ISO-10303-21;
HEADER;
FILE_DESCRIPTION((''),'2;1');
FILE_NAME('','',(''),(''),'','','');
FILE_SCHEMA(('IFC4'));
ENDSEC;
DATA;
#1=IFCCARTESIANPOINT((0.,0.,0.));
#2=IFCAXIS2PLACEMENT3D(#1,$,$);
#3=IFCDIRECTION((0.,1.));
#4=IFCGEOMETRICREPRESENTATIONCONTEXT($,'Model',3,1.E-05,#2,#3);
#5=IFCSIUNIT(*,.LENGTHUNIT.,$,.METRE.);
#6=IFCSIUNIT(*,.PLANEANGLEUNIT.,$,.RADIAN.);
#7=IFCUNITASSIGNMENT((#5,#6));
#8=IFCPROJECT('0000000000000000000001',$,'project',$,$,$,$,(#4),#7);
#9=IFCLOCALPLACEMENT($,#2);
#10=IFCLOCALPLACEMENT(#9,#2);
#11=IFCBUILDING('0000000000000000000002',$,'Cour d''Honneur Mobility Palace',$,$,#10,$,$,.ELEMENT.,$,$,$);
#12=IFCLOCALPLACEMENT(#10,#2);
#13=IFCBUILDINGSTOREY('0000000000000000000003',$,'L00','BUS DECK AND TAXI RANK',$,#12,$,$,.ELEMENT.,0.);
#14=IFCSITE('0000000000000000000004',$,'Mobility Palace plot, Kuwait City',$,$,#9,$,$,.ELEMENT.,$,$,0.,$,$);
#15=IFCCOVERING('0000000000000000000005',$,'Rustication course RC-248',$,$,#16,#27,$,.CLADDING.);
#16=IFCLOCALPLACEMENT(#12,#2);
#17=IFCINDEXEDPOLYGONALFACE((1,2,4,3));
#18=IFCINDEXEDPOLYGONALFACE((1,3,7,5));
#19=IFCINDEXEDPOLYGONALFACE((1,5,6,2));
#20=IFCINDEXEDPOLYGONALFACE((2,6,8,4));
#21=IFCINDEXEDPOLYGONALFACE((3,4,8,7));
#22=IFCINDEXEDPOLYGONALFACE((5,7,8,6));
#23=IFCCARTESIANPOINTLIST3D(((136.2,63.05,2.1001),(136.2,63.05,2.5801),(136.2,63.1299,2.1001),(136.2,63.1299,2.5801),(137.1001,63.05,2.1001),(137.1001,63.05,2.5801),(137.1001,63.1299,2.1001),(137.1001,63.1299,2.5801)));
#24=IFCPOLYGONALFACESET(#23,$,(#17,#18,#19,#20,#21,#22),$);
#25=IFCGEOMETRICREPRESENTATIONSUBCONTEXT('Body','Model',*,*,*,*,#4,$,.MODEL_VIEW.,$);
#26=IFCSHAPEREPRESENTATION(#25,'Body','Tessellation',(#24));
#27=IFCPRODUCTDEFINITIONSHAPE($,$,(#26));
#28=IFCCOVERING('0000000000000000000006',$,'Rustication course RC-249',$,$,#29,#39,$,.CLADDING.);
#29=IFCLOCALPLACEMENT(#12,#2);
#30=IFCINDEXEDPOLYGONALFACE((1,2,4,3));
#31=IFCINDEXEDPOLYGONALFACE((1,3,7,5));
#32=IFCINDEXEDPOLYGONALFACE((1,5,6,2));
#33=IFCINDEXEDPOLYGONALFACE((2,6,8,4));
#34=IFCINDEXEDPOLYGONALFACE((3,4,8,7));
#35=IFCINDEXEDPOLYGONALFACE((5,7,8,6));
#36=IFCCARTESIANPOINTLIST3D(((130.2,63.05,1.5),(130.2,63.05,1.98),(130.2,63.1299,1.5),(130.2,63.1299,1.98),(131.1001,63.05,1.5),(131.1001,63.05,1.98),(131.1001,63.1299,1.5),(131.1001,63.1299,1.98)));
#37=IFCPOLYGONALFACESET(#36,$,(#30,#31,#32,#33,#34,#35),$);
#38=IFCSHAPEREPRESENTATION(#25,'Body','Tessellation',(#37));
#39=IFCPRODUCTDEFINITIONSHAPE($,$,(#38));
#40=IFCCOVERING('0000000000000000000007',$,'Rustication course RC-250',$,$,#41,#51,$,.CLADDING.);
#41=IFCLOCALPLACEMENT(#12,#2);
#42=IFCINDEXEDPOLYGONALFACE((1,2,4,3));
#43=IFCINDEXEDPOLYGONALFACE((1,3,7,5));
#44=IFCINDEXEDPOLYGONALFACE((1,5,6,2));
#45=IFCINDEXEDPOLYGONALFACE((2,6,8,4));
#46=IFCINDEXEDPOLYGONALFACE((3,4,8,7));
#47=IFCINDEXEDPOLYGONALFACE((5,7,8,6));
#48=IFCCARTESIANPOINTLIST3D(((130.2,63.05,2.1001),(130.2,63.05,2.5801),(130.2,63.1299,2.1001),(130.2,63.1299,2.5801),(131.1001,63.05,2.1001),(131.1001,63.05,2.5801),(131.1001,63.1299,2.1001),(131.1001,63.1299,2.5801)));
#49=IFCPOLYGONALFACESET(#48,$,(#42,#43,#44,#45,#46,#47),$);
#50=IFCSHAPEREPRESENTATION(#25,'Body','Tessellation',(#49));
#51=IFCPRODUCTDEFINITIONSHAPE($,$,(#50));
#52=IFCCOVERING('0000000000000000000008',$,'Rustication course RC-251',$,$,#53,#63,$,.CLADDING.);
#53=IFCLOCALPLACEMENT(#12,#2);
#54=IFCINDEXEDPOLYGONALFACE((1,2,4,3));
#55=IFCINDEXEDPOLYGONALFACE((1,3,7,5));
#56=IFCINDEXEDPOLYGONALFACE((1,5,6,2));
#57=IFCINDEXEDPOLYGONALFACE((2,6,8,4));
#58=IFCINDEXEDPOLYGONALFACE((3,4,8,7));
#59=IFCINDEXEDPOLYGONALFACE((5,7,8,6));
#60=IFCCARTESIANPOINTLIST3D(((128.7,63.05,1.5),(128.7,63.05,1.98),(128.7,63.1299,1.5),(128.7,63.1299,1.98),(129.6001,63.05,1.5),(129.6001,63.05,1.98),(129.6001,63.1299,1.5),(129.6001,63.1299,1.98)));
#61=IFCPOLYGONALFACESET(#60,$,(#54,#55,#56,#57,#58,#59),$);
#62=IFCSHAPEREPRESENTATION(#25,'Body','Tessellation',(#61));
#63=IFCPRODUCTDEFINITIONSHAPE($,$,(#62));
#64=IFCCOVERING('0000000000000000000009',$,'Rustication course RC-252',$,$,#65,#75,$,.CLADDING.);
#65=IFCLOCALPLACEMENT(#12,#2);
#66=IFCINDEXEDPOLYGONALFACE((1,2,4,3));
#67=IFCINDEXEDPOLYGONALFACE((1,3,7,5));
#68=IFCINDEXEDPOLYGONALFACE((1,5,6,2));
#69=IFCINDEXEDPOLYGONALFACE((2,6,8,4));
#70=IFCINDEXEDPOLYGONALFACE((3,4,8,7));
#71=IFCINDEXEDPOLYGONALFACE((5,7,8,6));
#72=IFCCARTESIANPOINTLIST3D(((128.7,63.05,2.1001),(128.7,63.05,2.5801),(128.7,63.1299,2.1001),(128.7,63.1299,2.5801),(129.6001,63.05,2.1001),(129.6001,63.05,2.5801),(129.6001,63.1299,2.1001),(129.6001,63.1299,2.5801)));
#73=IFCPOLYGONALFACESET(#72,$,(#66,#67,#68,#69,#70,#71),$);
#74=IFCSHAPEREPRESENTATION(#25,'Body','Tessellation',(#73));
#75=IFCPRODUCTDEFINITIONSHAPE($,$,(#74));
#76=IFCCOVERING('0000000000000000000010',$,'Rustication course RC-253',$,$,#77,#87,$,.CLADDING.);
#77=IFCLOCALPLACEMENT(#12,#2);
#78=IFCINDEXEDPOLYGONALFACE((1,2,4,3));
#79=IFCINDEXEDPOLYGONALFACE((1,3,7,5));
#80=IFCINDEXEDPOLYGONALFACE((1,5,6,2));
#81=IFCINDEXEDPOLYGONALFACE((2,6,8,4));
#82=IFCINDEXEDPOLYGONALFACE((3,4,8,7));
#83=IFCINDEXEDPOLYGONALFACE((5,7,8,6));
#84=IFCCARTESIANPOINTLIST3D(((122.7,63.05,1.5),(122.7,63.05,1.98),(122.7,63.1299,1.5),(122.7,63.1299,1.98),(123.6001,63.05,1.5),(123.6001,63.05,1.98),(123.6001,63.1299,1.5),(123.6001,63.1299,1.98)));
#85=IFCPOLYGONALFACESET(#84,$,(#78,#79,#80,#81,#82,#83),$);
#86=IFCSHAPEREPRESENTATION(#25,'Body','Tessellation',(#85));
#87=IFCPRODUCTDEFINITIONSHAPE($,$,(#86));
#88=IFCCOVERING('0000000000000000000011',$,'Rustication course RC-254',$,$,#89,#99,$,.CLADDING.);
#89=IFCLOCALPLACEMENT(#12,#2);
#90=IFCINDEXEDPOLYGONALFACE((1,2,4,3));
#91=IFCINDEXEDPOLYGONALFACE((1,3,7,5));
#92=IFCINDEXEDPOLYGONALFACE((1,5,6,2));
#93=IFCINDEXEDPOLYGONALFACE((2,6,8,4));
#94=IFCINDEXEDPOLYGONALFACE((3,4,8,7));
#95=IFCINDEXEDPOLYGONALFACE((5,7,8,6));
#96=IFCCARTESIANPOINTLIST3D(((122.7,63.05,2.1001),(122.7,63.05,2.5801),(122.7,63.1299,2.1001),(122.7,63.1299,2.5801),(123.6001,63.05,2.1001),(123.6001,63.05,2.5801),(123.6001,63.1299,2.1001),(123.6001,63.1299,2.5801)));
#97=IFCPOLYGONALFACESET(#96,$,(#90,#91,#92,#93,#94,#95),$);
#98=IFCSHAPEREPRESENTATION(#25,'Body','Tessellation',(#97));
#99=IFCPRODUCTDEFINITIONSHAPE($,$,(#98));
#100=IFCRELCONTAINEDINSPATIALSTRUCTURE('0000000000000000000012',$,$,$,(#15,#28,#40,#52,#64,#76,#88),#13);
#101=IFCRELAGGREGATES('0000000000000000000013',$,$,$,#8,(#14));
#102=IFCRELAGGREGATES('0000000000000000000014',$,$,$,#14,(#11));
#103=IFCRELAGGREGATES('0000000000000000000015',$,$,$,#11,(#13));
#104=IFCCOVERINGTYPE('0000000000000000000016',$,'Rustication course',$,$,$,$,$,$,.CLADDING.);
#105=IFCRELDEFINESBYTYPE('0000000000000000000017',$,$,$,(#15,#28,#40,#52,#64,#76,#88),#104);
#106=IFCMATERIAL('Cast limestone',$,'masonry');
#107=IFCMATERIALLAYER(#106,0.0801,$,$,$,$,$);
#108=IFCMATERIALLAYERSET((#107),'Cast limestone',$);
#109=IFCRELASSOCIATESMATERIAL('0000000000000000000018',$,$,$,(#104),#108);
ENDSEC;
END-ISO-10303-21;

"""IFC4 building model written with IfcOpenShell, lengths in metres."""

from ifc_helpers import new_model, si_unit, direction, frame, origin, place, context, subcontext, project, spatial, polyline, outline, extrude, material, layer, layer_set, type_object, element, save


model = new_model("IFC4")

# Units and contexts
model_context = context("Model", 3, precision=1e-05, world=origin(), true_north=direction((0.0, 1.0)))
body_context = subcontext(model_context, "Body", "Model", "MODEL_VIEW")
ifc_project = project(units=[si_unit("LENGTHUNIT", "METRE"), si_unit("PLANEANGLEUNIT", "RADIAN")], contexts=[model_context])

# Site, building, storey
site_placement = place(None, origin())
site = spatial("IfcSite", under=ifc_project, at=site_placement, Name="Mobility Palace plot, Kuwait City", CompositionType="ELEMENT", RefElevation=0.0)
building_placement = place(site_placement, origin())
building = spatial("IfcBuilding", under=site, at=building_placement, Name="Cour d'Honneur Mobility Palace", CompositionType="ELEMENT")
storey_placement = place(building_placement, origin())
storey = spatial("IfcBuildingStorey", under=building, at=storey_placement, Name="L00", Description="BUS DECK AND TAXI RANK", CompositionType="ELEMENT", Elevation=0.0)

# Coverings
ifc_material_1 = material(Name="Cast limestone", Category="masonry")
ifc_layer_1 = layer(ifc_material_1, 0.0801)
ifc_layer_set_1 = layer_set([ifc_layer_1], Name="Cast limestone")
covering_type_1 = type_object("IfcCoveringType", Name="Rustication course", PredefinedType="CLADDING", material=ifc_layer_set_1)
for number, where, name in (
    (1, (0.0, 0.0, 2.1001), "Rustication course RC-248"),
):
    element("IfcCovering", number, at=place(storey_placement, frame(where)), inside=storey, type_object=covering_type_1, Name=name, PredefinedType="CLADDING", context=body_context, shape_type="SweptSolid", body=[
        extrude(outline(polyline([(137.1001, 63.05), (136.2, 63.05), (136.2, 63.1299), (137.1001, 63.1299), (137.1001, 63.05)])), origin(), (0.0, 0.0, 1.0), 0.48),
    ])
for number, where, name in (
    (2, (0.0, 0.0, 1.5), "Rustication course RC-249"),
    (3, (0.0, 0.0, 2.1001), "Rustication course RC-250"),
):
    element("IfcCovering", number, at=place(storey_placement, frame(where)), inside=storey, type_object=covering_type_1, Name=name, PredefinedType="CLADDING", context=body_context, shape_type="SweptSolid", body=[
        extrude(outline(polyline([(131.1001, 63.05), (130.2, 63.05), (130.2, 63.1299), (131.1001, 63.1299), (131.1001, 63.05)])), origin(), (0.0, 0.0, 1.0), 0.48),
    ])
for number, where, name in (
    (4, (0.0, 0.0, 1.5), "Rustication course RC-251"),
    (5, (0.0, 0.0, 2.1001), "Rustication course RC-252"),
):
    element("IfcCovering", number, at=place(storey_placement, frame(where)), inside=storey, type_object=covering_type_1, Name=name, PredefinedType="CLADDING", context=body_context, shape_type="SweptSolid", body=[
        extrude(outline(polyline([(129.6001, 63.05), (128.7, 63.05), (128.7, 63.1299), (129.6001, 63.1299), (129.6001, 63.05)])), origin(), (0.0, 0.0, 1.0), 0.48),
    ])
for number, where, name in (
    (6, (0.0, 0.0, 1.5), "Rustication course RC-253"),
    (7, (0.0, 0.0, 2.1001), "Rustication course RC-254"),
):
    element("IfcCovering", number, at=place(storey_placement, frame(where)), inside=storey, type_object=covering_type_1, Name=name, PredefinedType="CLADDING", context=body_context, shape_type="SweptSolid", body=[
        extrude(outline(polyline([(123.6001, 63.05), (122.7, 63.05), (122.7, 63.1299), (123.6001, 63.1299), (123.6001, 63.05)])), origin(), (0.0, 0.0, 1.0), 0.48),
    ])

save(model, "model.ifc")
